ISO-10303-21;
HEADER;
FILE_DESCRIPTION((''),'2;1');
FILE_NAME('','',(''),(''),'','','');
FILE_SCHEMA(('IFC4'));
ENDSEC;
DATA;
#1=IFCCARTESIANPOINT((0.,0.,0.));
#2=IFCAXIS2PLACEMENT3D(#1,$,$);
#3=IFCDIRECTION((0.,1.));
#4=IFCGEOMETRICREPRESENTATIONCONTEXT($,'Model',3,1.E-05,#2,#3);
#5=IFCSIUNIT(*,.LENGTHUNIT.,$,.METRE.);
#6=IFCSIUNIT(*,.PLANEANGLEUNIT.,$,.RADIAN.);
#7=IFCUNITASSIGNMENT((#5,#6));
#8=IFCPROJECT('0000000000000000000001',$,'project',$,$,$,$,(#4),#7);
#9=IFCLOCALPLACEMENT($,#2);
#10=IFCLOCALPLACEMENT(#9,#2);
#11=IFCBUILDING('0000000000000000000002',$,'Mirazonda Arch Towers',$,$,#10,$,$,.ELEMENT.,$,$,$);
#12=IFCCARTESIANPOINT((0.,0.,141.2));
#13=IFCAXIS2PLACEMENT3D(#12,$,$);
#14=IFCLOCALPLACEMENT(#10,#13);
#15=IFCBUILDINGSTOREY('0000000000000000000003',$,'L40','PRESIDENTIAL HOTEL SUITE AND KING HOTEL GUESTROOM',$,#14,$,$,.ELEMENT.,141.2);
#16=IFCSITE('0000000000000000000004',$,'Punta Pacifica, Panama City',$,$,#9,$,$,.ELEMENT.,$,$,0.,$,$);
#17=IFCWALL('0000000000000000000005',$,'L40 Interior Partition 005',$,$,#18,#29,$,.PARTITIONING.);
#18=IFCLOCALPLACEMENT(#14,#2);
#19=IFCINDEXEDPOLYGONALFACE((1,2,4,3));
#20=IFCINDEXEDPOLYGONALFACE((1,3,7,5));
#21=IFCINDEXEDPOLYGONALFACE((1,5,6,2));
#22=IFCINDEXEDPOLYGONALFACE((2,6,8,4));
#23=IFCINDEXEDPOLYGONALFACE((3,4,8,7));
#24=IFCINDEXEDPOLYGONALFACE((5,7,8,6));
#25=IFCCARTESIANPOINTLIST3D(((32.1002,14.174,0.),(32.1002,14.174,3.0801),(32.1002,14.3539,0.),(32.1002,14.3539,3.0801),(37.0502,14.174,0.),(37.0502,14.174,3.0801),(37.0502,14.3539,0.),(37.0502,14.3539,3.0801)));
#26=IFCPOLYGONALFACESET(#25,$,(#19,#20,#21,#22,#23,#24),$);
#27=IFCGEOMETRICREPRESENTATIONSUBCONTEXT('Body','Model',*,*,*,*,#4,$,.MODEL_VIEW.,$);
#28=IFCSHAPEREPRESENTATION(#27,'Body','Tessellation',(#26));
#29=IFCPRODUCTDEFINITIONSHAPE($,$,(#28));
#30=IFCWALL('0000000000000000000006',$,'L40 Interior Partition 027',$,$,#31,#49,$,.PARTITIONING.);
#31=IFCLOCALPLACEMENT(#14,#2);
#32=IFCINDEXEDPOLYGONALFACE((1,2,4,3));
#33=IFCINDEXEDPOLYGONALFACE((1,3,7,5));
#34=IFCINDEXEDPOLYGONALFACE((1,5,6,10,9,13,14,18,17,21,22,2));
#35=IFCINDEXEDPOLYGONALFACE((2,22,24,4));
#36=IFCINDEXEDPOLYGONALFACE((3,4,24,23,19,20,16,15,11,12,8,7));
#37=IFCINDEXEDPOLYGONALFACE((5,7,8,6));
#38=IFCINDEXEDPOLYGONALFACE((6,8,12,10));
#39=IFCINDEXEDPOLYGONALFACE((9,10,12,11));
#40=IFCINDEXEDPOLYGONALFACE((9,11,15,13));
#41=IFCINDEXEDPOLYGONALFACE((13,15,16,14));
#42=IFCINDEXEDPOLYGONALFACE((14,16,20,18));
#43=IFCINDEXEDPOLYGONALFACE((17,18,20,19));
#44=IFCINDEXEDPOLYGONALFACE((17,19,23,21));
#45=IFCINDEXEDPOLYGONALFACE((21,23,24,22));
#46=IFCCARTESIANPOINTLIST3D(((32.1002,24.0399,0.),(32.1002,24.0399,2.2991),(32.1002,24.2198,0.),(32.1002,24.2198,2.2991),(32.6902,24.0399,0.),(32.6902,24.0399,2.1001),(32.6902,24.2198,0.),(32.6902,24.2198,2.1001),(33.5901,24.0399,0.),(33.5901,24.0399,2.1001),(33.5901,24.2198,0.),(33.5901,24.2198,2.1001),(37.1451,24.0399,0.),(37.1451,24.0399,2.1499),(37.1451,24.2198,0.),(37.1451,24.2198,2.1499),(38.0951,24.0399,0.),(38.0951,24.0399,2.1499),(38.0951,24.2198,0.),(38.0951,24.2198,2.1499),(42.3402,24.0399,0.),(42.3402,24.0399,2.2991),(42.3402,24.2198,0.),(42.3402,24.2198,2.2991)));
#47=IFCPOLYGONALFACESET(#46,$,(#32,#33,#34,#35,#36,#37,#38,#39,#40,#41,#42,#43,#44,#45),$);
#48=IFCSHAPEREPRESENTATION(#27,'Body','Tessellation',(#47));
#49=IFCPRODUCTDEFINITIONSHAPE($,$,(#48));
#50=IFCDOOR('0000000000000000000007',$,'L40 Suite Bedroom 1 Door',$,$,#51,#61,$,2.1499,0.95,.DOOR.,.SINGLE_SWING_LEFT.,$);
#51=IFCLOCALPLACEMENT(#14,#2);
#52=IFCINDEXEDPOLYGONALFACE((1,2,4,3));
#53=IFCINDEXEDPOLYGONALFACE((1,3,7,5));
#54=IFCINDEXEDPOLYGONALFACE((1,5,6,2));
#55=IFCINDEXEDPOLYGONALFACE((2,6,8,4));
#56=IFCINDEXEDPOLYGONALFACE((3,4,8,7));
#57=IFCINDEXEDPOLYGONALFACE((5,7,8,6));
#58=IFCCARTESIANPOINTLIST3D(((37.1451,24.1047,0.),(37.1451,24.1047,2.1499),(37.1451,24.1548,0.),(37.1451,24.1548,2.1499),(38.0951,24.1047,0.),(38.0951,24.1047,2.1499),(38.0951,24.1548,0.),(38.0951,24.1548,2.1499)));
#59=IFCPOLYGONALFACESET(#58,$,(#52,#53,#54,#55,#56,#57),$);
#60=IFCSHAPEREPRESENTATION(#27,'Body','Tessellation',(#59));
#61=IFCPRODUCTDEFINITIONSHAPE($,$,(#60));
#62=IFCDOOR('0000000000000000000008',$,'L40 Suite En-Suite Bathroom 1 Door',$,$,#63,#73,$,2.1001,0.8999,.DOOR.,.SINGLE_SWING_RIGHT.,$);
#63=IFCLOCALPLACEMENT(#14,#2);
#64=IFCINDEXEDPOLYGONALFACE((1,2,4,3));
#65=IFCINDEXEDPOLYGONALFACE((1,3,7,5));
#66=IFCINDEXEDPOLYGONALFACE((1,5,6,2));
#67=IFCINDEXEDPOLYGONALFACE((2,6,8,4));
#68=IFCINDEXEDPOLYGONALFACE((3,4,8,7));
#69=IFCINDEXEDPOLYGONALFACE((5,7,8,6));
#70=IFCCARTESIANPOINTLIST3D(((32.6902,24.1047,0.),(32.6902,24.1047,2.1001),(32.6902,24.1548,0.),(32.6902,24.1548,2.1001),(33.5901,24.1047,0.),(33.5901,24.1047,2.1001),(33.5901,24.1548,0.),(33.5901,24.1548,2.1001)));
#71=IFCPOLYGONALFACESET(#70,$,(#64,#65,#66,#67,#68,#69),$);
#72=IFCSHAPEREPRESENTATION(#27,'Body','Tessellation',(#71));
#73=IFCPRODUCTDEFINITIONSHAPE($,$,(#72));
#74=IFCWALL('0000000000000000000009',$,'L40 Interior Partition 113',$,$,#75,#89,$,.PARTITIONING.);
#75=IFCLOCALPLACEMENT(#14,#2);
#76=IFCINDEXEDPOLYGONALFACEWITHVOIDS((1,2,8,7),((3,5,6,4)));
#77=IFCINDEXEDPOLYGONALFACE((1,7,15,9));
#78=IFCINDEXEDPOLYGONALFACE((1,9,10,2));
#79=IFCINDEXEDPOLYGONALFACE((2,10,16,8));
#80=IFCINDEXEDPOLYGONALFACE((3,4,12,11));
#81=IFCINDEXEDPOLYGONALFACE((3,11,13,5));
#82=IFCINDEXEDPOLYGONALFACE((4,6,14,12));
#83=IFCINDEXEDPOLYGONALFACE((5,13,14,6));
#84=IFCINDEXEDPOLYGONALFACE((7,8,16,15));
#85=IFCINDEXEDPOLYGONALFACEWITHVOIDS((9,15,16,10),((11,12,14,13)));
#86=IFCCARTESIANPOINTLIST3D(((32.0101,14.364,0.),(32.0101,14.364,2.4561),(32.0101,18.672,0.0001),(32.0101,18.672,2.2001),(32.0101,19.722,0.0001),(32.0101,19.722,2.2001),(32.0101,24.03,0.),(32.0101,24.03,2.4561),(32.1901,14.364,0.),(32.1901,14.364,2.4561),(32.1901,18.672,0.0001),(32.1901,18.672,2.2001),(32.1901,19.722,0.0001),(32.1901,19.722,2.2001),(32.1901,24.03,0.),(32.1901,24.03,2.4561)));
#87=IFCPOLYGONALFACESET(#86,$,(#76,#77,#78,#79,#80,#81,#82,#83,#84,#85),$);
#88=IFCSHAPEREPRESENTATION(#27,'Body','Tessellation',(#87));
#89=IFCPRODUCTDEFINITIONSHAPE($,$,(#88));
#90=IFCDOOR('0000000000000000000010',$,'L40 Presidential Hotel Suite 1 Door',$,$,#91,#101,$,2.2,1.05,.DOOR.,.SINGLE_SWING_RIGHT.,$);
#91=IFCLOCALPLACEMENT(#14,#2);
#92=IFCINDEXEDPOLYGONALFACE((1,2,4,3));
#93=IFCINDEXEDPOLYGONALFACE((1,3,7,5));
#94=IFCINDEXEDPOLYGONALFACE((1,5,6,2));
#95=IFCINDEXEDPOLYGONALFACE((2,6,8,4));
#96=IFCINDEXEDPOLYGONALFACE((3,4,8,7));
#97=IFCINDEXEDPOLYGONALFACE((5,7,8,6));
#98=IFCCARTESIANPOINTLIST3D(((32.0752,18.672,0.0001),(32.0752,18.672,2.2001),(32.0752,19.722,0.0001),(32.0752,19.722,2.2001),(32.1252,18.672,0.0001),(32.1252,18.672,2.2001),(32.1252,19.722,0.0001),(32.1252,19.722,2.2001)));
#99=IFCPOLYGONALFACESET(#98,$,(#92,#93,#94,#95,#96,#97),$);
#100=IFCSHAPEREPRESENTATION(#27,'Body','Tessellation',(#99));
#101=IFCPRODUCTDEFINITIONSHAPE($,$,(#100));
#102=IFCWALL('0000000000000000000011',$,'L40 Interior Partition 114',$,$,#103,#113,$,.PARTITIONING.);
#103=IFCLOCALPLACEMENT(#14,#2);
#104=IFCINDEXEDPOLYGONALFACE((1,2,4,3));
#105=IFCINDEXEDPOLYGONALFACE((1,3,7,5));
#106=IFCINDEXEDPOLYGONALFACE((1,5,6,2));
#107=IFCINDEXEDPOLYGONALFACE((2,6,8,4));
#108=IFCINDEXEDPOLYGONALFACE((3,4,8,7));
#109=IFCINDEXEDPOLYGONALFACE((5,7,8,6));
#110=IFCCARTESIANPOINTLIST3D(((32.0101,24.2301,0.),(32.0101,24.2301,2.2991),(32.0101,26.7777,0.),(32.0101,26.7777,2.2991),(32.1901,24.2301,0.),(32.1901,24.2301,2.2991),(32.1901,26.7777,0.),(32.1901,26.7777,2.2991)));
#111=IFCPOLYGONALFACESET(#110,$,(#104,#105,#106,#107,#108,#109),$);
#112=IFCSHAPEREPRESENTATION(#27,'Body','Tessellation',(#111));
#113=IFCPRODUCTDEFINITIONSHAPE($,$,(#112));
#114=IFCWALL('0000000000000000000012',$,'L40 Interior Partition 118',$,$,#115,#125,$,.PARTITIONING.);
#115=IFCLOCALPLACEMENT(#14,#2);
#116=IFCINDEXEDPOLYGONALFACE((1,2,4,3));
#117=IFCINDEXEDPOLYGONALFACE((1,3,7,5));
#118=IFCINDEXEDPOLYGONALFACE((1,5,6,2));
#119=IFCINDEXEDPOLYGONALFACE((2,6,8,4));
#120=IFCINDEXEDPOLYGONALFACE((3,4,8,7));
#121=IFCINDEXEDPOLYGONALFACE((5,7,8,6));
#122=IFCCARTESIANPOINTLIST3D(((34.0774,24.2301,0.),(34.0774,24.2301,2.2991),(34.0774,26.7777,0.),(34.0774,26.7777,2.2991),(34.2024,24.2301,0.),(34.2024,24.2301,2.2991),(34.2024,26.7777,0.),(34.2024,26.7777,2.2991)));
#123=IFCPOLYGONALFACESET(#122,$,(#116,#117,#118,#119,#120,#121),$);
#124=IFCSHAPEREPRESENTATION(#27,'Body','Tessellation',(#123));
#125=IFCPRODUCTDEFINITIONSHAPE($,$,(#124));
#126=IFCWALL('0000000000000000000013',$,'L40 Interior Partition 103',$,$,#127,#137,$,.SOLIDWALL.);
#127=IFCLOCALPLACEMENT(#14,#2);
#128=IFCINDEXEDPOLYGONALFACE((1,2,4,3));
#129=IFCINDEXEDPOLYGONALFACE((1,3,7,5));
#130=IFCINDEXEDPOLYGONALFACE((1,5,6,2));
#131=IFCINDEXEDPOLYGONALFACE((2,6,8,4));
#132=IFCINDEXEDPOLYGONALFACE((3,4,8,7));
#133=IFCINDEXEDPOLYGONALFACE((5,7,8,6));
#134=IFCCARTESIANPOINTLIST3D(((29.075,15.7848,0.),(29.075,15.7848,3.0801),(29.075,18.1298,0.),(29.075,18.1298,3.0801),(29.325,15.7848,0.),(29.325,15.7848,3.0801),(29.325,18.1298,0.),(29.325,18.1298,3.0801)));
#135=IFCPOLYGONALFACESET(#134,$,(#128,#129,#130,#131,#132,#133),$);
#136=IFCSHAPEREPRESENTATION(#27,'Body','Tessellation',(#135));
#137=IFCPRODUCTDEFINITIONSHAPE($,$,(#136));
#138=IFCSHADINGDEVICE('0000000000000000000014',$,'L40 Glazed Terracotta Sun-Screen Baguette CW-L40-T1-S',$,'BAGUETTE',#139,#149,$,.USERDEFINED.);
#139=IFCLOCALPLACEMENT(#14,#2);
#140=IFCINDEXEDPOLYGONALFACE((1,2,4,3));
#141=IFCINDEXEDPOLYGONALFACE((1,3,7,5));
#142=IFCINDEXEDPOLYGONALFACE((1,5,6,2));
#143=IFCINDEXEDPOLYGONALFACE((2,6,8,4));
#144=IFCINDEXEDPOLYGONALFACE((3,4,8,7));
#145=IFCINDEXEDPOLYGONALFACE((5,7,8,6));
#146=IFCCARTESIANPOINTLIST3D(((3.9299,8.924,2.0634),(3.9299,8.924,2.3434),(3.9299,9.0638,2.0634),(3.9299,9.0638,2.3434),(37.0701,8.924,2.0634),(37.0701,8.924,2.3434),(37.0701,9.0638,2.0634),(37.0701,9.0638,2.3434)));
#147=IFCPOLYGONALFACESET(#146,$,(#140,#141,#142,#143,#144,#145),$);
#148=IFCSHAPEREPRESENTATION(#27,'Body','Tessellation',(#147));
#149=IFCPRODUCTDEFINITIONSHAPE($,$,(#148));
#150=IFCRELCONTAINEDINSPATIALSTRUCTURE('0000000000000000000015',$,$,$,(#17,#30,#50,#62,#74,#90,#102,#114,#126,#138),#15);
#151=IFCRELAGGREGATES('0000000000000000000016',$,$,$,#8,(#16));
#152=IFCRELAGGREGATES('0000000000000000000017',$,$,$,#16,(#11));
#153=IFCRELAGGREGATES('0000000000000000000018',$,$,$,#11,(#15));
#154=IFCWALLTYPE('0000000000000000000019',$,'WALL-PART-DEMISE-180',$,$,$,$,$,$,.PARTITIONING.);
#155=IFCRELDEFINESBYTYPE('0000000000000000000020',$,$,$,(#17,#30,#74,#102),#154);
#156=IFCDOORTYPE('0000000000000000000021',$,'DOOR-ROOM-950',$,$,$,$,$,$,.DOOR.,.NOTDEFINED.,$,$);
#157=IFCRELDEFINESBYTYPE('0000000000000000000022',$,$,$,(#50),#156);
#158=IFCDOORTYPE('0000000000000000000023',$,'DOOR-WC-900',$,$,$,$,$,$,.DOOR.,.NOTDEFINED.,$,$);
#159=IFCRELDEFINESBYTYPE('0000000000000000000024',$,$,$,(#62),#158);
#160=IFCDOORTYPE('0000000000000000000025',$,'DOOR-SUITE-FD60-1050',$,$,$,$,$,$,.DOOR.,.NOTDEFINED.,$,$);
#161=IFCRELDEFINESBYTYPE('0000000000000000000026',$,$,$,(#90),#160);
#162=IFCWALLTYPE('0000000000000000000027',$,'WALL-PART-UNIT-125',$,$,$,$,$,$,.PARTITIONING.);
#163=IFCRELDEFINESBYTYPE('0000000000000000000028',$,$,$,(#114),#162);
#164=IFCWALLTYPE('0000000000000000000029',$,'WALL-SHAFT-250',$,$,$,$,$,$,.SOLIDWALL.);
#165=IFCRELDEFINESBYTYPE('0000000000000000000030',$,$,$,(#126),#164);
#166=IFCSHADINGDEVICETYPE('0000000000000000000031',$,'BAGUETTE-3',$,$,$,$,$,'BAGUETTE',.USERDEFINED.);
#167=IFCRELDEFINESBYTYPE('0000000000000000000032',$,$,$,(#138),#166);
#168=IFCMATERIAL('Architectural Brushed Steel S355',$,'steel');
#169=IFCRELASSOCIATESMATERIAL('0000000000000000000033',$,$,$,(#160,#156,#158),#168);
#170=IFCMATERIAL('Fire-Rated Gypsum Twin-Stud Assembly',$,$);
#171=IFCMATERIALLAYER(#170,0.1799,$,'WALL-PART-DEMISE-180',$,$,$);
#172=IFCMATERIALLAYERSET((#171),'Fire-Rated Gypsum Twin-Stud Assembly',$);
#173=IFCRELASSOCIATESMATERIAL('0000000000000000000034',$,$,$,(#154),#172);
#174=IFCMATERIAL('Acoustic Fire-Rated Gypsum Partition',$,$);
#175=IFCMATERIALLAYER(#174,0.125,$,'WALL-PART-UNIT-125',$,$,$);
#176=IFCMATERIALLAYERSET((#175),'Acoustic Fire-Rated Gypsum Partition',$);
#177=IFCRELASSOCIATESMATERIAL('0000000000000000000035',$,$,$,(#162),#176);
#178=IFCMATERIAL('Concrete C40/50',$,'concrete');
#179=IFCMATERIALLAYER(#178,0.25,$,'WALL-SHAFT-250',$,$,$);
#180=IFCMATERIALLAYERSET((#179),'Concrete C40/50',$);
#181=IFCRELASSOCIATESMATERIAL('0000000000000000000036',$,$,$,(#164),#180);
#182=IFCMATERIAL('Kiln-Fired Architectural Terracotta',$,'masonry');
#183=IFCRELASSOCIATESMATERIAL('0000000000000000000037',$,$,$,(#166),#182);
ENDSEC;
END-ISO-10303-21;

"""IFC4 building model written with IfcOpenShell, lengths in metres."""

from ifc_helpers import new_model, si_unit, direction, frame, frame_2d, origin, origin_2d, place, context, subcontext, project, spatial, rectangle, extrude, material, layer, layer_set, material_profile, profile_set, type_object, element, fill, save


model = new_model("IFC4")

# Units and contexts
model_context = context("Model", 3, precision=1e-05, world=origin(), true_north=direction((0.0, 1.0)))
body_context = subcontext(model_context, "Body", "Model", "MODEL_VIEW")
ifc_project = project(units=[si_unit("LENGTHUNIT", "METRE"), si_unit("PLANEANGLEUNIT", "RADIAN")], contexts=[model_context])

# Site, building, storey
site_placement = place(None, origin())
site = spatial("IfcSite", under=ifc_project, at=site_placement, Name="Punta Pacifica, Panama City", CompositionType="ELEMENT", RefElevation=0.0)
building_placement = place(site_placement, origin())
building = spatial("IfcBuilding", under=site, at=building_placement, Name="Mirazonda Arch Towers", CompositionType="ELEMENT")
storey_placement = place(building_placement, frame((0.0, 0.0, 141.2)))
storey = spatial("IfcBuildingStorey", under=building, at=storey_placement, Name="L40", Description="PRESIDENTIAL HOTEL SUITE AND KING HOTEL GUESTROOM", CompositionType="ELEMENT", Elevation=141.2)

# Shared definitions
ifc_material_1 = material(Name="Architectural Brushed Steel S355", Category="steel")
door_type_1 = type_object("IfcDoorType", Name="DOOR-SUITE-FD60-1050", OperationType="NOTDEFINED", PredefinedType="DOOR", material=ifc_material_1)

# Wall
ifc_material_2 = material(Name="Fire-Rated Gypsum Twin-Stud Assembly")
ifc_layer_1 = layer(ifc_material_2, 0.1799, Name="WALL-PART-DEMISE-180")
ifc_layer_set_1 = layer_set([ifc_layer_1], Name="Fire-Rated Gypsum Twin-Stud Assembly")
wall_type_1 = type_object("IfcWallType", Name="WALL-PART-DEMISE-180", PredefinedType="PARTITIONING", material=ifc_layer_set_1)
wall_1_placement = place(storey_placement, frame((32.1001, 14.2639, 0.0), z_axis=(0.0, 0.0, 1.0), x_axis=(1.0, 0.0, 0.0)))
element("IfcWall", 1, at=wall_1_placement, inside=storey, type_object=wall_type_1, Name="L40 Interior Partition 005", PredefinedType="PARTITIONING", context=body_context, shape_type="SweptSolid", body=[
    extrude(rectangle(XDim=4.95, YDim=0.1799, at=frame_2d((2.4751, 0.0))), origin(), (0.0, 0.0, 1.0), 3.0801),
])

# Wall, openings, doors
wall_2_placement = place(storey_placement, frame((32.1001, 24.1299, 0.0), z_axis=(0.0, 0.0, 1.0), x_axis=(1.0, 0.0, 0.0)))
wall_2 = element("IfcWall", 2, at=wall_2_placement, inside=storey, type_object=wall_type_1, Name="L40 Interior Partition 027", PredefinedType="PARTITIONING", context=body_context, shape_type="SweptSolid", body=[
    extrude(rectangle(XDim=10.24, YDim=0.1799, at=frame_2d((5.1201, 0.0))), origin(), (0.0, 0.0, 1.0), 2.2991),
])
opening_1_placement = place(wall_2_placement, frame((5.0449, 0.0, 0.0)))
opening_1 = element("IfcOpeningElement", 3, at=opening_1_placement, cuts=wall_2, PredefinedType="OPENING", context=body_context, shape_type="SweptSolid", body=[
    extrude(rectangle(XDim=0.95, YDim=2.1499, at=frame_2d((0.4751, 1.075))), frame((0.0, 0.0999, 0.0), z_axis=(0.0, -1.0, 0.0), x_axis=(1.0, 0.0, 0.0)), (0.0, 0.0, 1.0), 0.2),
])
opening_2_placement = place(wall_2_placement, frame((0.5901, 0.0, 0.0)))
opening_2 = element("IfcOpeningElement", 4, at=opening_2_placement, cuts=wall_2, PredefinedType="OPENING", context=body_context, shape_type="SweptSolid", body=[
    extrude(rectangle(XDim=0.8999, YDim=2.1001, at=frame_2d((0.45, 1.05))), frame((0.0, 0.0999, 0.0), z_axis=(0.0, -1.0, 0.0), x_axis=(1.0, 0.0, 0.0)), (0.0, 0.0, 1.0), 0.2),
])
door_type_2 = type_object("IfcDoorType", Name="DOOR-ROOM-950", OperationType="NOTDEFINED", PredefinedType="DOOR", material=ifc_material_1)
door_1_placement = place(opening_1_placement, origin())
door_1 = element("IfcDoor", 5, at=door_1_placement, inside=storey, type_object=door_type_2, Name="L40 Suite Bedroom 1 Door", OperationType="SINGLE_SWING_LEFT", OverallHeight=2.1499, OverallWidth=0.95, PredefinedType="DOOR", context=body_context, shape_type="SweptSolid", body=[
    extrude(rectangle(XDim=0.95, YDim=2.1499, at=frame_2d((0.4751, 1.075))), frame((0.0, 0.0249, 0.0), z_axis=(0.0, -1.0, 0.0), x_axis=(1.0, 0.0, 0.0)), (0.0, 0.0, 1.0), 0.05),
])
fill(opening_1, door_1)
door_type_3 = type_object("IfcDoorType", Name="DOOR-WC-900", OperationType="NOTDEFINED", PredefinedType="DOOR", material=ifc_material_1)
door_2_placement = place(opening_2_placement, origin())
door_2 = element("IfcDoor", 6, at=door_2_placement, inside=storey, type_object=door_type_3, Name="L40 Suite En-Suite Bathroom 1 Door", OperationType="SINGLE_SWING_RIGHT", OverallHeight=2.1001, OverallWidth=0.8999, PredefinedType="DOOR", context=body_context, shape_type="SweptSolid", body=[
    extrude(rectangle(XDim=0.8999, YDim=2.1001, at=frame_2d((0.45, 1.05))), frame((0.0, 0.0249, 0.0), z_axis=(0.0, -1.0, 0.0), x_axis=(1.0, 0.0, 0.0)), (0.0, 0.0, 1.0), 0.05),
])
fill(opening_2, door_2)

# Wall, opening, door
wall_3_placement = place(storey_placement, frame((32.1001, 14.364, 0.0), z_axis=(0.0, 0.0, 1.0), x_axis=(0.0, 1.0, 0.0)))
wall_3 = element("IfcWall", 7, at=wall_3_placement, inside=storey, type_object=wall_type_1, Name="L40 Interior Partition 113", PredefinedType="PARTITIONING", context=body_context, shape_type="SweptSolid", body=[
    extrude(rectangle(XDim=9.666, YDim=0.1799, at=frame_2d((4.833, 0.0))), origin(), (0.0, 0.0, 1.0), 2.4561),
])
opening_3_placement = place(wall_3_placement, frame((4.3081, 0.0, 0.0)))
opening_3 = element("IfcOpeningElement", 8, at=opening_3_placement, cuts=wall_3, PredefinedType="OPENING", context=body_context, shape_type="SweptSolid", body=[
    extrude(rectangle(XDim=1.05, YDim=2.2, at=frame_2d((0.5249, 1.1001))), frame((0.0, 0.0999, 0.0), z_axis=(0.0, -1.0, 0.0), x_axis=(1.0, 0.0, 0.0)), (0.0, 0.0, 1.0), 0.2),
])
door_3_placement = place(opening_3_placement, origin())
door_3 = element("IfcDoor", 9, at=door_3_placement, inside=storey, type_object=door_type_1, Name="L40 Presidential Hotel Suite 1 Door", OperationType="SINGLE_SWING_RIGHT", OverallHeight=2.2, OverallWidth=1.05, PredefinedType="DOOR", context=body_context, shape_type="SweptSolid", body=[
    extrude(rectangle(XDim=1.05, YDim=2.2, at=frame_2d((0.5249, 1.1001))), frame((0.0, 0.0249, 0.0), z_axis=(0.0, -1.0, 0.0), x_axis=(1.0, 0.0, 0.0)), (0.0, 0.0, 1.0), 0.05),
])
fill(opening_3, door_3)

# Walls
wall_4_placement = place(storey_placement, frame((32.1001, 24.23, 0.0), z_axis=(0.0, 0.0, 1.0), x_axis=(0.0, 1.0, 0.0)))
element("IfcWall", 10, at=wall_4_placement, inside=storey, type_object=wall_type_1, Name="L40 Interior Partition 114", PredefinedType="PARTITIONING", context=body_context, shape_type="SweptSolid", body=[
    extrude(rectangle(XDim=2.5476, YDim=0.1799, at=frame_2d((1.2739, 0.0))), origin(), (0.0, 0.0, 1.0), 2.2991),
])
ifc_material_3 = material(Name="Acoustic Fire-Rated Gypsum Partition")
ifc_layer_2 = layer(ifc_material_3, 0.125, Name="WALL-PART-UNIT-125")
ifc_layer_set_2 = layer_set([ifc_layer_2], Name="Acoustic Fire-Rated Gypsum Partition")
wall_type_2 = type_object("IfcWallType", Name="WALL-PART-UNIT-125", PredefinedType="PARTITIONING", material=ifc_layer_set_2)
wall_5_placement = place(storey_placement, frame((34.1399, 24.23, 0.0), z_axis=(0.0, 0.0, 1.0), x_axis=(0.0, 1.0, 0.0)))
element("IfcWall", 11, at=wall_5_placement, inside=storey, type_object=wall_type_2, Name="L40 Interior Partition 118", PredefinedType="PARTITIONING", context=body_context, shape_type="SweptSolid", body=[
    extrude(rectangle(XDim=2.5476, YDim=0.125, at=frame_2d((1.2739, 0.0))), origin(), (0.0, 0.0, 1.0), 2.2991),
])
ifc_material_4 = material(Name="Concrete C40/50", Category="concrete")
ifc_layer_3 = layer(ifc_material_4, 0.25, Name="WALL-SHAFT-250")
ifc_layer_set_3 = layer_set([ifc_layer_3], Name="Concrete C40/50")
wall_type_3 = type_object("IfcWallType", Name="WALL-SHAFT-250", PredefinedType="SOLIDWALL", material=ifc_layer_set_3)
wall_6_placement = place(storey_placement, frame((29.2, 15.7849, 0.0), z_axis=(0.0, 0.0, 1.0), x_axis=(0.0, 1.0, 0.0)))
element("IfcWall", 12, at=wall_6_placement, inside=storey, type_object=wall_type_3, Name="L40 Interior Partition 103", PredefinedType="SOLIDWALL", context=body_context, shape_type="SweptSolid", body=[
    extrude(rectangle(XDim=2.345, YDim=0.25, at=frame_2d((1.1724, 0.0))), origin(), (0.0, 0.0, 1.0), 3.0801),
])

# Shading device
ifc_material_5 = material(Name="Kiln-Fired Architectural Terracotta", Category="masonry")
ifc_material_profile_1 = material_profile(ifc_material_5, rectangle(XDim=0.1399, YDim=0.28, at=origin_2d()), Name="TERRA-BAG-140x280")
ifc_profile_set_1 = profile_set([ifc_material_profile_1], Name="Kiln-Fired Architectural Terracotta")
shading_device_type = type_object("IfcShadingDeviceType", Name="BAGUETTE-3", ElementType="BAGUETTE", PredefinedType="USERDEFINED", material=ifc_profile_set_1)
shading_device_placement = place(storey_placement, frame((37.0701, 8.9939, 2.2034), z_axis=(-1.0, 0.0, 0.0), x_axis=(0.0, -1.0, 0.0)))
element("IfcShadingDevice", 13, at=shading_device_placement, inside=storey, type_object=shading_device_type, Name="L40 Glazed Terracotta Sun-Screen Baguette CW-L40-T1-S", ObjectType="BAGUETTE", PredefinedType="USERDEFINED", context=body_context, shape_type="SweptSolid", body=[
    extrude(rectangle(XDim=0.1399, YDim=0.28, at=origin_2d()), origin(), (0.0, 0.0, 1.0), 33.1401),
])

save(model, "model.ifc")
